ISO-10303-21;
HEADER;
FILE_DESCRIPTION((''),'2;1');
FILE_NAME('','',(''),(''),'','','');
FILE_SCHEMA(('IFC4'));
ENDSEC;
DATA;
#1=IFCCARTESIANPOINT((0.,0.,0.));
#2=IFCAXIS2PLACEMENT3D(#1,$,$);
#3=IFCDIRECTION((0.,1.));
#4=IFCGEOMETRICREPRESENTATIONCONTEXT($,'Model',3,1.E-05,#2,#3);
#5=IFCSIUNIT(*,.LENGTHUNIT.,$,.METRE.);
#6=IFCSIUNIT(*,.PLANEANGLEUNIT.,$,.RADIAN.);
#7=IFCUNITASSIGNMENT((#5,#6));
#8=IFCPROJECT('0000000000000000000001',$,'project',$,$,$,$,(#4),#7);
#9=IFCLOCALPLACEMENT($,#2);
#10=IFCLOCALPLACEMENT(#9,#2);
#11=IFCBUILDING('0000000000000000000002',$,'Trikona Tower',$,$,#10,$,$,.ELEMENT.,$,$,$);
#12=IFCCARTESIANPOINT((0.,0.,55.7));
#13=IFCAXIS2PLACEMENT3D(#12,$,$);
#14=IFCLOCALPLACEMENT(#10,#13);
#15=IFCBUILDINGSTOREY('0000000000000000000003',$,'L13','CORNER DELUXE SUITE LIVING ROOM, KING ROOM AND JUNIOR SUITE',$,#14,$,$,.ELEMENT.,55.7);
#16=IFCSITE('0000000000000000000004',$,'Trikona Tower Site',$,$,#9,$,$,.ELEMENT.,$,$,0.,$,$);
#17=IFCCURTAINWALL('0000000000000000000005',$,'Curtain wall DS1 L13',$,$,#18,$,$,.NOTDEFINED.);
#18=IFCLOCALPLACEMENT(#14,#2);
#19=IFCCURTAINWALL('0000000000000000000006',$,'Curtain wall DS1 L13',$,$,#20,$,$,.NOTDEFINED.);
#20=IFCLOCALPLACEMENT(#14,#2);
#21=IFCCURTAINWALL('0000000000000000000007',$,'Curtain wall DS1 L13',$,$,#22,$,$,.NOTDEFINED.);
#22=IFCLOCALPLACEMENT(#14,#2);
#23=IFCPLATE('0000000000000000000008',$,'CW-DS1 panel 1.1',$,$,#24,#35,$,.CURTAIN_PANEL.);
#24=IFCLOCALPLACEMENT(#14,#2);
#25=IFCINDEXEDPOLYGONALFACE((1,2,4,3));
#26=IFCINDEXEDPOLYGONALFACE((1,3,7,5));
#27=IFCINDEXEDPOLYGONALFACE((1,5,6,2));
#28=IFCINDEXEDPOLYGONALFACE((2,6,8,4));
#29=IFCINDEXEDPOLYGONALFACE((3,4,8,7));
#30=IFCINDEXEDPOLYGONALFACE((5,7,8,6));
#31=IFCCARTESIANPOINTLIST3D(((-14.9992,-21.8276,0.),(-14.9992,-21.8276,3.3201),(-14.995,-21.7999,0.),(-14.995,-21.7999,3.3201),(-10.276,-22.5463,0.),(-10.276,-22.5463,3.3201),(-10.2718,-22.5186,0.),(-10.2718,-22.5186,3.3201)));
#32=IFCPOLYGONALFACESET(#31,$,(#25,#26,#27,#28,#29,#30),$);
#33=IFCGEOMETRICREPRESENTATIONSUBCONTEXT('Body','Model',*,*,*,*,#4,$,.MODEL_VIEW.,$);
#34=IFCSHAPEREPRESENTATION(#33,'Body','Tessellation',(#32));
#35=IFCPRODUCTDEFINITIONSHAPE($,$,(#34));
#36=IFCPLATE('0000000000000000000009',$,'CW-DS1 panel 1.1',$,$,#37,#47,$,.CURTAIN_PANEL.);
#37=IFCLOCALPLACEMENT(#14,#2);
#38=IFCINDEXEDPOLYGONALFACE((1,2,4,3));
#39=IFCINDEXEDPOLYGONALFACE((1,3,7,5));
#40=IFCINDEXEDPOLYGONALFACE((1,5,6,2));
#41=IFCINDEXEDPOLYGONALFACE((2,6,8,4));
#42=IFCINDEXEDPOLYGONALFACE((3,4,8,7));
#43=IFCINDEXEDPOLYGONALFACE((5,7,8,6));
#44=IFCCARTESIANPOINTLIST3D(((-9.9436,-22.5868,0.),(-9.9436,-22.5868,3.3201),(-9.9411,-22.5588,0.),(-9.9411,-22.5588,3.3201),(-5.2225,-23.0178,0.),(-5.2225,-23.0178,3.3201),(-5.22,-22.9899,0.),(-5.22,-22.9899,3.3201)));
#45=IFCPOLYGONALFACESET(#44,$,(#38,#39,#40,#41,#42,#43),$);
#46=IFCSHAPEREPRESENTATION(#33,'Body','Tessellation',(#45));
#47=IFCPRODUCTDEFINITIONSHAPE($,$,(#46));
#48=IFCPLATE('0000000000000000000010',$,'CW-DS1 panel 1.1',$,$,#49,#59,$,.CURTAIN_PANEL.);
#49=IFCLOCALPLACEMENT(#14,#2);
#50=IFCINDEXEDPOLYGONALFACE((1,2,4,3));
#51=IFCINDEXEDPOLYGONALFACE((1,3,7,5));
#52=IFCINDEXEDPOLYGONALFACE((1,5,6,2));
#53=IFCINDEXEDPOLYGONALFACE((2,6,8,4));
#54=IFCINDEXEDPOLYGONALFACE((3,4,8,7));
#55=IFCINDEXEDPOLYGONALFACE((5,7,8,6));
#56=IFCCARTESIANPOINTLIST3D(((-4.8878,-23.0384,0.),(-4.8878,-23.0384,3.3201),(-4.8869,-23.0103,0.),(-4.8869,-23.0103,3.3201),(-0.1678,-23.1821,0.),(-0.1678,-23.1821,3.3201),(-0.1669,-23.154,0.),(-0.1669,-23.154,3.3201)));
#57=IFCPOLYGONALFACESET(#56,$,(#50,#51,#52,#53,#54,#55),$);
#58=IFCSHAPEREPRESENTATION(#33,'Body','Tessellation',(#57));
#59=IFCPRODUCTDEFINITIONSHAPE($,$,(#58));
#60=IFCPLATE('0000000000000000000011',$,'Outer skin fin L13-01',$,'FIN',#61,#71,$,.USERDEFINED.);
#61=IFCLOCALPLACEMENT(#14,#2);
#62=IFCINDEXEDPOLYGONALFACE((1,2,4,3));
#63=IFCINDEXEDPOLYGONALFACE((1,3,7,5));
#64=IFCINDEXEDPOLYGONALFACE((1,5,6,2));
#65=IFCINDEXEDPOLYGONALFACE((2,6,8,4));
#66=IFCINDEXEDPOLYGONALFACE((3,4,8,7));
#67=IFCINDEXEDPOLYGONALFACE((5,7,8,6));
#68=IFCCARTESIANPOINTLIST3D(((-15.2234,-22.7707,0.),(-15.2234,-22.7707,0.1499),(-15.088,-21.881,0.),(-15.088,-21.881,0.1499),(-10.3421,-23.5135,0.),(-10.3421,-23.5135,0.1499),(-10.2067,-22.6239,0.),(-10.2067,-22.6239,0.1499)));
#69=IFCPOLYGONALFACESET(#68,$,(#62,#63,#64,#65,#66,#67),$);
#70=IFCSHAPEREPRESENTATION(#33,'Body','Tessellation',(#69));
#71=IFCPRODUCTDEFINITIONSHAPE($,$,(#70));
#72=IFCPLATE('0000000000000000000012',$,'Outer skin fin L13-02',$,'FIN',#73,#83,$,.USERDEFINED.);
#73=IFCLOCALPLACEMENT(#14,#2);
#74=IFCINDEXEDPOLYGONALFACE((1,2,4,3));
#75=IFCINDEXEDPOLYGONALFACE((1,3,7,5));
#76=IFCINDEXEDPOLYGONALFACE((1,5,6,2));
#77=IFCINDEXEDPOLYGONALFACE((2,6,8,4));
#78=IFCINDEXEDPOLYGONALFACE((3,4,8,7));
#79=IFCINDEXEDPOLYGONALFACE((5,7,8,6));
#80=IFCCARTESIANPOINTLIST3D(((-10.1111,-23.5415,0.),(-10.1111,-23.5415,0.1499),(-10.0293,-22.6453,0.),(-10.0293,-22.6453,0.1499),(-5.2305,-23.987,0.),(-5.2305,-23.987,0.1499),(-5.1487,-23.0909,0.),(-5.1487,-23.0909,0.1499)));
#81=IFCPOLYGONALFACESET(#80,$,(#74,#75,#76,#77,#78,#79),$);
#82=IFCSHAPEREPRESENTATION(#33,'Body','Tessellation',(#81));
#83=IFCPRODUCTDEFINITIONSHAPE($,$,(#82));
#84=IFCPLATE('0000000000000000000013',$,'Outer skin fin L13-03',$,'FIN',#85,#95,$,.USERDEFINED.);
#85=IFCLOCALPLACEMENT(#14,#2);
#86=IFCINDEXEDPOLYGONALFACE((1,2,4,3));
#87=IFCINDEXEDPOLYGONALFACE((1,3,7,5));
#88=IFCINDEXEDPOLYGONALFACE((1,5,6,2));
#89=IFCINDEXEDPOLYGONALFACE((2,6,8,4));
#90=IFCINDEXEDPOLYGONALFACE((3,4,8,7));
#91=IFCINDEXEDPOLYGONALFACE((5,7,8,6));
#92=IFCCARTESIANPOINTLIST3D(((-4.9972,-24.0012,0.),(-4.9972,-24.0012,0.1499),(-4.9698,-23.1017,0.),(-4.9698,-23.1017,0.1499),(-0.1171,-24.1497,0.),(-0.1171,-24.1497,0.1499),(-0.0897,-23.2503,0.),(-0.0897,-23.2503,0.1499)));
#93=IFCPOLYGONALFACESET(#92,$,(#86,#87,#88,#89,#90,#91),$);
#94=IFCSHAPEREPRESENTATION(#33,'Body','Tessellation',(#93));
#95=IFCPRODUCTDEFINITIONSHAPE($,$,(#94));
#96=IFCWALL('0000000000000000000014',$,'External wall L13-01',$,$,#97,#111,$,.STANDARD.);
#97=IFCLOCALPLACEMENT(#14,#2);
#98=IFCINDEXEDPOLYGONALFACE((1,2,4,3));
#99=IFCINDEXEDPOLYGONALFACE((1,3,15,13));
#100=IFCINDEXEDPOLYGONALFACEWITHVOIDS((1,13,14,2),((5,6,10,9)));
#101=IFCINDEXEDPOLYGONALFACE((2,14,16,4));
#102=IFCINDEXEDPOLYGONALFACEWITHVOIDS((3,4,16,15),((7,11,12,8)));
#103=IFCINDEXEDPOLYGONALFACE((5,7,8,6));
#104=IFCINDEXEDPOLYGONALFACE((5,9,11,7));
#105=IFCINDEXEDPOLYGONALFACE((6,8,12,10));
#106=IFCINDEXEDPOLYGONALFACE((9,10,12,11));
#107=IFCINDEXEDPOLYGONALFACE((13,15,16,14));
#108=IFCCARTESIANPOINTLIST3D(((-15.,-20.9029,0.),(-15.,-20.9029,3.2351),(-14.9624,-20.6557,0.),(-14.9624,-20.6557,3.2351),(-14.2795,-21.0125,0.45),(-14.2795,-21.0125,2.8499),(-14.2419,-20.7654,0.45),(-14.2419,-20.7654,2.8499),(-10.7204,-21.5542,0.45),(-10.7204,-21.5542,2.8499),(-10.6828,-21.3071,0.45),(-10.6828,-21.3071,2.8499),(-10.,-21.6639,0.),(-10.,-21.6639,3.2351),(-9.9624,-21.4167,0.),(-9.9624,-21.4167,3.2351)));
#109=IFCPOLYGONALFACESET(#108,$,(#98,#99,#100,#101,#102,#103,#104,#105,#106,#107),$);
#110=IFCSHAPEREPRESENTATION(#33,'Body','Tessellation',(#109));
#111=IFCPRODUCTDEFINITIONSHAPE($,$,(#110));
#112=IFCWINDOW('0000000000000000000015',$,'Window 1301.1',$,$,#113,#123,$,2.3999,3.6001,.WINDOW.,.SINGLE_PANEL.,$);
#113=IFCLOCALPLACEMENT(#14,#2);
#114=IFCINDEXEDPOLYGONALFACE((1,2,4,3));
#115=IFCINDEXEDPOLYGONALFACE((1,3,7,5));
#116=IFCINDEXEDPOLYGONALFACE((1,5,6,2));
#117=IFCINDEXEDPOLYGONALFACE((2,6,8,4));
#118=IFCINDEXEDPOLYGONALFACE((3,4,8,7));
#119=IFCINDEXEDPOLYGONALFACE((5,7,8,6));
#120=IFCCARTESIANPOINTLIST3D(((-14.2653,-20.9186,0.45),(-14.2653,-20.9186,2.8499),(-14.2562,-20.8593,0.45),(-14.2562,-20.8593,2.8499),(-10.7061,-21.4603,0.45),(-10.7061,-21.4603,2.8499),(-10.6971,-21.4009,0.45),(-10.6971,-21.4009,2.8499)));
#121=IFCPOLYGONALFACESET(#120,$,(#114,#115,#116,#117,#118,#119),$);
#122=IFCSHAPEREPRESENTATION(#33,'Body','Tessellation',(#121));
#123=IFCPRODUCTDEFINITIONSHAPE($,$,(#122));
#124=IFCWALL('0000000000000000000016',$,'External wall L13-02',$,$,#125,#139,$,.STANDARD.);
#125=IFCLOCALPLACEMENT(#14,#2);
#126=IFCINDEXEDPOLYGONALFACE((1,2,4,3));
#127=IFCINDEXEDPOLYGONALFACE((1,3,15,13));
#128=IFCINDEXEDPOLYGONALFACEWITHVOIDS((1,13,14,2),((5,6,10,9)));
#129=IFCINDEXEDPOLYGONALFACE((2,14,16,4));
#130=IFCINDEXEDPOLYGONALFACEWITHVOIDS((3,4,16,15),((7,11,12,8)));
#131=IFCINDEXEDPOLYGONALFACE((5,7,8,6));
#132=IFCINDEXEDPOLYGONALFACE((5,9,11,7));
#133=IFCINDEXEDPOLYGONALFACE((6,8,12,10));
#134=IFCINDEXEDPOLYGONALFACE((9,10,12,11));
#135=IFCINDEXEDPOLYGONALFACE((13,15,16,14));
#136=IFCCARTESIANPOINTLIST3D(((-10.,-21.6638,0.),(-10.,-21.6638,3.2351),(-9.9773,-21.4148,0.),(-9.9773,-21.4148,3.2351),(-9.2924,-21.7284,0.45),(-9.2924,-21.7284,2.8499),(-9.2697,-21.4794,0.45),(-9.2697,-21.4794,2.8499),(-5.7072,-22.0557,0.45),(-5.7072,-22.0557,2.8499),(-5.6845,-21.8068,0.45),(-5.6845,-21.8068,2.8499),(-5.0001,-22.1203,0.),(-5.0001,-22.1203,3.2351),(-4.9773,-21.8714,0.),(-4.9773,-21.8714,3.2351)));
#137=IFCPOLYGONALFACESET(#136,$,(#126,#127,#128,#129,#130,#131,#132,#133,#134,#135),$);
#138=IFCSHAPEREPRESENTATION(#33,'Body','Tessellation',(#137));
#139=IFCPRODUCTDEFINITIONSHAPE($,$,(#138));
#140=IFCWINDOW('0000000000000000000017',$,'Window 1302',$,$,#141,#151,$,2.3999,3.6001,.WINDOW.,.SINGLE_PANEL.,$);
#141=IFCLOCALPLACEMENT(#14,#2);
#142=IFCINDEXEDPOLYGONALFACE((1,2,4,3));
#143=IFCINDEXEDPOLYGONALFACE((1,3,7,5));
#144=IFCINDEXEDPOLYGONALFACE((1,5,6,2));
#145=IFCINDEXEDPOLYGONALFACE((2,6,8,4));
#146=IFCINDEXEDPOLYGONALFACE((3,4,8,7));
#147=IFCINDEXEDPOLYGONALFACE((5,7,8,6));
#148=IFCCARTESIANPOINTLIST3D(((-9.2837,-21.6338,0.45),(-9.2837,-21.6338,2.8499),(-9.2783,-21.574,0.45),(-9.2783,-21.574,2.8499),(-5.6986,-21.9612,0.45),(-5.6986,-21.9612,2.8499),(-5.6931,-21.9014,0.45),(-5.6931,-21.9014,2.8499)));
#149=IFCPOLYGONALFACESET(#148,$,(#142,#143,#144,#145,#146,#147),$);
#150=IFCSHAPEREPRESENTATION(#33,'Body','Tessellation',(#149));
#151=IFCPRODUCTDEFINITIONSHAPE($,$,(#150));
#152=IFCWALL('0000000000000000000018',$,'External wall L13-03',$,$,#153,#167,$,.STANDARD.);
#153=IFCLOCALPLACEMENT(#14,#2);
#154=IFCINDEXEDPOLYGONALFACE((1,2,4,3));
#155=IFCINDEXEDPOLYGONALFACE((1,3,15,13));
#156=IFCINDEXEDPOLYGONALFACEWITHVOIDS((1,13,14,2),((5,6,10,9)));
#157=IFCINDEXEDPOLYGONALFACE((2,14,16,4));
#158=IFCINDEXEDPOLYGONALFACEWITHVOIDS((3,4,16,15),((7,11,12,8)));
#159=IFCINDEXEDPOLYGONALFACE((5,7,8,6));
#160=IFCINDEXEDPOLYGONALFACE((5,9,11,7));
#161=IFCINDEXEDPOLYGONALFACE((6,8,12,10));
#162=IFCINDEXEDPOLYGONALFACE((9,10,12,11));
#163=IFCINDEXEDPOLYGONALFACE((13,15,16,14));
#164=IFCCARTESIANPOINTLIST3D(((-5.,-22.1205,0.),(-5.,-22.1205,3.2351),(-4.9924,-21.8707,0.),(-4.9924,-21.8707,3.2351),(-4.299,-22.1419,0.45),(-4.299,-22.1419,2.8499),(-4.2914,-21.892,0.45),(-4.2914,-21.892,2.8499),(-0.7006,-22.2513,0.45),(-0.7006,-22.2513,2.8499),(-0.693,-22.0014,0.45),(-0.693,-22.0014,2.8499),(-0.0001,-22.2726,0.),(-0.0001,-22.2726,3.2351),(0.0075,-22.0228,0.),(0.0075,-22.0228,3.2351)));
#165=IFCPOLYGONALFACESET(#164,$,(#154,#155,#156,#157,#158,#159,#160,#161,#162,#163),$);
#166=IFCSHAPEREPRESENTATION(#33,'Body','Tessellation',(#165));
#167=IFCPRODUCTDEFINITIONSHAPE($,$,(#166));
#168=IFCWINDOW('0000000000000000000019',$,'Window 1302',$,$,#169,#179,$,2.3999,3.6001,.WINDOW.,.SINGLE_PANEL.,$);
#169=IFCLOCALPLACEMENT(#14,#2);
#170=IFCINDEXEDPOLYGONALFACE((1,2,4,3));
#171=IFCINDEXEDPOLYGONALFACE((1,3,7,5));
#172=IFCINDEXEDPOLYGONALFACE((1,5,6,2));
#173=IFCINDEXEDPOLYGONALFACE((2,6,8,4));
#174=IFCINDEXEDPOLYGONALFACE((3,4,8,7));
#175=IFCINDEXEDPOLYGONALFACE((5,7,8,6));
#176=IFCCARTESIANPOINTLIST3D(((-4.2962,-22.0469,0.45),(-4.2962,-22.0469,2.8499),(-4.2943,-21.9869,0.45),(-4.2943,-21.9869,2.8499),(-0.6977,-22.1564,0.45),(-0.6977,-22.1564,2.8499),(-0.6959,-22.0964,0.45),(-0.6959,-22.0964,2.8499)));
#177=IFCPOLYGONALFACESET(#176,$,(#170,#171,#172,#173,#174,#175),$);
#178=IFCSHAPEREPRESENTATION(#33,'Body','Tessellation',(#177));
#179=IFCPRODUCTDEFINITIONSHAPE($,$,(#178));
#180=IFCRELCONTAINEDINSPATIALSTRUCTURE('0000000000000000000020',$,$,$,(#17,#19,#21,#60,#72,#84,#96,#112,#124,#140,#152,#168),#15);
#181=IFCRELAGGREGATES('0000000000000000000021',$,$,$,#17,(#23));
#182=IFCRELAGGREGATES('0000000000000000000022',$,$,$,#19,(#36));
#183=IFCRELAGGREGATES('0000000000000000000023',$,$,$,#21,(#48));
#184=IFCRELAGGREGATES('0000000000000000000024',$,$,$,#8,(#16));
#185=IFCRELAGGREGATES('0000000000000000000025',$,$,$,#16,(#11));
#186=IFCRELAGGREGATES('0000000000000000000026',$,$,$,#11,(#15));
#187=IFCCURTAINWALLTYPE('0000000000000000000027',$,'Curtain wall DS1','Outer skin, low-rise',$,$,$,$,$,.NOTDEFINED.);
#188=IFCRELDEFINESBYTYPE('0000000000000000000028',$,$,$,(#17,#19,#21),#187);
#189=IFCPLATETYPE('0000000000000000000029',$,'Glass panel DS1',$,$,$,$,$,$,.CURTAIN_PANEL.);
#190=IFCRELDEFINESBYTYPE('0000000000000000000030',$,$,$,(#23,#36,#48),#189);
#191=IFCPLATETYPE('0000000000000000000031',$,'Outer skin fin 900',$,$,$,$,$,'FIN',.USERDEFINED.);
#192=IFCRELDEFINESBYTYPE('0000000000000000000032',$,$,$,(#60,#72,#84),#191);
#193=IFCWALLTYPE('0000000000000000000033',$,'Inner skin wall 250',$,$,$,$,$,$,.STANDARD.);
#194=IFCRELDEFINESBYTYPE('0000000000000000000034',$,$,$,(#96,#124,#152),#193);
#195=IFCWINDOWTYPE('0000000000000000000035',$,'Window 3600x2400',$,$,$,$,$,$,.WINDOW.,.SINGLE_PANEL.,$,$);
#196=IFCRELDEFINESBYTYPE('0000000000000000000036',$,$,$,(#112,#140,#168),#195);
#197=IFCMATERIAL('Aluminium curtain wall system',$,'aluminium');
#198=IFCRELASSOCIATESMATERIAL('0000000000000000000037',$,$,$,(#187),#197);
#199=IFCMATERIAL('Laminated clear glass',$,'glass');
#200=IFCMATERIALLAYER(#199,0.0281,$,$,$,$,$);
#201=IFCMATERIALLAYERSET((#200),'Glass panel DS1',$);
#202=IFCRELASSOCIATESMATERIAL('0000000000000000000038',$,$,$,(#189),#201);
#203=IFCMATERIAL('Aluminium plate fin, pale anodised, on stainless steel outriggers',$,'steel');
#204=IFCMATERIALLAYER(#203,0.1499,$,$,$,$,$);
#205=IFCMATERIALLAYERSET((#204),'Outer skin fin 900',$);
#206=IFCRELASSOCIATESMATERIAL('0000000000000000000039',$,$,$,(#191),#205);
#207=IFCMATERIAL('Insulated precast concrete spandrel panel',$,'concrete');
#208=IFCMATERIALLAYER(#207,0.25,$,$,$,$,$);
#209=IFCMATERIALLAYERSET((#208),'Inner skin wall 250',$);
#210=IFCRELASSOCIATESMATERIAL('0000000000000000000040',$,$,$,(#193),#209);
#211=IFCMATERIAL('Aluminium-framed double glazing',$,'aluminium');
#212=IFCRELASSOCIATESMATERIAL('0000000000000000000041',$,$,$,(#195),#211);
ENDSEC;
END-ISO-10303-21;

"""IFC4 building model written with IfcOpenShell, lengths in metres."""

from ifc_helpers import new_model, si_unit, direction, frame, frame_2d, origin, origin_2d, place, context, subcontext, project, spatial, rectangle, extrude, material, layer, layer_set, type_object, element, fill, aggregate, save


model = new_model("IFC4")

# Units and contexts
model_context = context("Model", 3, precision=1e-05, world=origin(), true_north=direction((0.0, 1.0)))
body_context = subcontext(model_context, "Body", "Model", "MODEL_VIEW")
ifc_project = project(units=[si_unit("LENGTHUNIT", "METRE"), si_unit("PLANEANGLEUNIT", "RADIAN")], contexts=[model_context])

# Site, building, storey
site_placement = place(None, origin())
site = spatial("IfcSite", under=ifc_project, at=site_placement, Name="Trikona Tower Site", CompositionType="ELEMENT", RefElevation=0.0)
building_placement = place(site_placement, origin())
building = spatial("IfcBuilding", under=site, at=building_placement, Name="Trikona Tower", CompositionType="ELEMENT")
storey_placement = place(building_placement, frame((0.0, 0.0, 55.7)))
storey = spatial("IfcBuildingStorey", under=building, at=storey_placement, Name="L13", Description="CORNER DELUXE SUITE LIVING ROOM, KING ROOM AND JUNIOR SUITE", CompositionType="ELEMENT", Elevation=55.7)

# Curtain wall
ifc_material_1 = material(Name="Aluminium curtain wall system", Category="aluminium")
curtain_wall_type = type_object("IfcCurtainWallType", Name="Curtain wall DS1", Description="Outer skin, low-rise", PredefinedType="NOTDEFINED", material=ifc_material_1)
curtain_wall_1_placement = place(storey_placement, origin())
curtain_wall_1 = element("IfcCurtainWall", 1, at=curtain_wall_1_placement, inside=storey, type_object=curtain_wall_type, Name="Curtain wall DS1 L13", PredefinedType="NOTDEFINED")

# Curtain walls
curtain_wall_2_placement = place(storey_placement, origin())
curtain_wall_2 = element("IfcCurtainWall", 2, at=curtain_wall_2_placement, inside=storey, type_object=curtain_wall_type, Name="Curtain wall DS1 L13", PredefinedType="NOTDEFINED")
curtain_wall_3_placement = place(storey_placement, origin())
curtain_wall_3 = element("IfcCurtainWall", 3, at=curtain_wall_3_placement, inside=storey, type_object=curtain_wall_type, Name="Curtain wall DS1 L13", PredefinedType="NOTDEFINED")

# Plates
ifc_material_2 = material(Name="Laminated clear glass", Category="glass")
ifc_layer_1 = layer(ifc_material_2, 0.0281)
ifc_layer_set_1 = layer_set([ifc_layer_1], Name="Glass panel DS1")
plate_type_1 = type_object("IfcPlateType", Name="Glass panel DS1", PredefinedType="CURTAIN_PANEL", material=ifc_layer_set_1)
plate_1_placement = place(storey_placement, frame((-12.6355, -22.1731, 0.0), z_axis=(0.0, 0.0, 1.0), x_axis=(0.988619, -0.150438, 0.0)))
plate_1 = element("IfcPlate", 4, at=plate_1_placement, type_object=plate_type_1, Name="CW-DS1 panel 1.1", PredefinedType="CURTAIN_PANEL", context=body_context, shape_type="SweptSolid", body=[
    extrude(rectangle(XDim=4.7776, YDim=0.0281, at=origin_2d()), origin(), (0.0, 0.0, 1.0), 3.3201),
])
aggregate(curtain_wall_1, [plate_1])
plate_2_placement = place(storey_placement, frame((-7.5818, -22.7883, 0.0), z_axis=(0.0, 0.0, 1.0), x_axis=(0.995858, -0.090924, 0.0)))
plate_2 = element("IfcPlate", 5, at=plate_2_placement, type_object=plate_type_1, Name="CW-DS1 panel 1.1", PredefinedType="CURTAIN_PANEL", context=body_context, shape_type="SweptSolid", body=[
    extrude(rectangle(XDim=4.7407, YDim=0.0281, at=origin_2d()), origin(), (0.0, 0.0, 1.0), 3.3201),
])
aggregate(curtain_wall_2, [plate_2])
plate_3_placement = place(storey_placement, frame((-2.5273, -23.0962, 0.0), z_axis=(0.0, 0.0, 1.0), x_axis=(0.999537, -0.030437, 0.0)))
plate_3 = element("IfcPlate", 6, at=plate_3_placement, type_object=plate_type_1, Name="CW-DS1 panel 1.1", PredefinedType="CURTAIN_PANEL", context=body_context, shape_type="SweptSolid", body=[
    extrude(rectangle(XDim=4.7222, YDim=0.0281, at=origin_2d()), origin(), (0.0, 0.0, 1.0), 3.3201),
])
aggregate(curtain_wall_3, [plate_3])

# Plates
ifc_material_3 = material(Name="Aluminium plate fin, pale anodised, on stainless steel outriggers", Category="steel")
ifc_layer_2 = layer(ifc_material_3, 0.1499)
ifc_layer_set_2 = layer_set([ifc_layer_2], Name="Outer skin fin 900")
plate_type_2 = type_object("IfcPlateType", Name="Outer skin fin 900", ElementType="FIN", PredefinedType="USERDEFINED", material=ifc_layer_set_2)
plate_4_placement = place(storey_placement, frame((-12.7151, -22.6973, 0.0), z_axis=(0.0, 0.0, 1.0), x_axis=(0.988618, -0.150448, 0.0)))
element("IfcPlate", 7, at=plate_4_placement, inside=storey, type_object=plate_type_2, Name="Outer skin fin L13-01", ObjectType="FIN", PredefinedType="USERDEFINED", context=body_context, shape_type="SweptSolid", body=[
    extrude(rectangle(XDim=4.9375, YDim=0.8999, at=origin_2d()), origin(), (0.0, 0.0, 1.0), 0.1499),
])
plate_5_placement = place(storey_placement, frame((-7.6299, -23.3162, 0.0), z_axis=(0.0, 0.0, 1.0), x_axis=(0.995858, -0.090921, 0.0)))
element("IfcPlate", 8, at=plate_5_placement, inside=storey, type_object=plate_type_2, Name="Outer skin fin L13-02", ObjectType="FIN", PredefinedType="USERDEFINED", context=body_context, shape_type="SweptSolid", body=[
    extrude(rectangle(XDim=4.9009, YDim=0.8999, at=origin_2d()), origin(), (0.0, 0.0, 1.0), 0.1499),
])
plate_6_placement = place(storey_placement, frame((-2.5435, -23.6257, 0.0), z_axis=(0.0, 0.0, 1.0), x_axis=(0.999537, -0.030425, 0.0)))
element("IfcPlate", 9, at=plate_6_placement, inside=storey, type_object=plate_type_2, Name="Outer skin fin L13-03", ObjectType="FIN", PredefinedType="USERDEFINED", context=body_context, shape_type="SweptSolid", body=[
    extrude(rectangle(XDim=4.8823, YDim=0.8999, at=origin_2d()), origin(), (0.0, 0.0, 1.0), 0.1499),
])

# Walls, openings, windows
ifc_material_4 = material(Name="Insulated precast concrete spandrel panel", Category="concrete")
ifc_layer_3 = layer(ifc_material_4, 0.25)
ifc_layer_set_3 = layer_set([ifc_layer_3], Name="Inner skin wall 250")
wall_type = type_object("IfcWallType", Name="Inner skin wall 250", PredefinedType="STANDARD", material=ifc_layer_set_3)
wall_1_placement = place(storey_placement, frame((-14.9812, -20.7793, 0.0), z_axis=(0.0, 0.0, 1.0), x_axis=(0.988615, -0.150465, 0.0)))
wall_1 = element("IfcWall", 10, at=wall_1_placement, inside=storey, type_object=wall_type, Name="External wall L13-01", PredefinedType="STANDARD", context=body_context, shape_type="SweptSolid", body=[
    extrude(rectangle(XDim=5.0576, YDim=0.25, at=frame_2d((2.5288, 0.0))), origin(), (0.0, 0.0, 1.0), 3.2351),
])
opening_1_placement = place(wall_1_placement, frame((0.7288, 0.0, 0.45)))
opening_1 = element("IfcOpeningElement", 11, at=opening_1_placement, cuts=wall_1, PredefinedType="OPENING", context=body_context, shape_type="SweptSolid", body=[
    extrude(rectangle(XDim=3.6001, YDim=2.3999, at=frame_2d((1.8, 1.2))), frame((0.0, 0.135, 0.0), z_axis=(0.0, -1.0, 0.0), x_axis=(1.0, 0.0, 0.0)), (0.0, 0.0, 1.0), 0.27),
])
ifc_material_5 = material(Name="Aluminium-framed double glazing", Category="aluminium")
window_type = type_object("IfcWindowType", Name="Window 3600x2400", PartitioningType="SINGLE_PANEL", PredefinedType="WINDOW", material=ifc_material_5)
window_1_placement = place(opening_1_placement, origin())
window_1 = element("IfcWindow", 12, at=window_1_placement, inside=storey, type_object=window_type, Name="Window 1301.1", OverallHeight=2.3999, OverallWidth=3.6001, PartitioningType="SINGLE_PANEL", PredefinedType="WINDOW", context=body_context, shape_type="SweptSolid", body=[
    extrude(rectangle(XDim=3.6001, YDim=2.3999, at=frame_2d((1.8, 1.2))), frame((0.0, 0.03, 0.0), z_axis=(0.0, -1.0, 0.0), x_axis=(1.0, 0.0, 0.0)), (0.0, 0.0, 1.0), 0.0601),
])
fill(opening_1, window_1)
wall_2_placement = place(storey_placement, frame((-9.9885, -21.5393, 0.0), z_axis=(0.0, 0.0, 1.0), x_axis=(0.995857, -0.09093, 0.0)))
wall_2 = element("IfcWall", 13, at=wall_2_placement, inside=storey, type_object=wall_type, Name="External wall L13-02", PredefinedType="STANDARD", context=body_context, shape_type="SweptSolid", body=[
    extrude(rectangle(XDim=5.0208, YDim=0.25, at=frame_2d((2.5103, 0.0))), origin(), (0.0, 0.0, 1.0), 3.2351),
])
opening_2_placement = place(wall_2_placement, frame((0.7104, 0.0, 0.45)))
opening_2 = element("IfcOpeningElement", 14, at=opening_2_placement, cuts=wall_2, PredefinedType="OPENING", context=body_context, shape_type="SweptSolid", body=[
    extrude(rectangle(XDim=3.6001, YDim=2.3999, at=frame_2d((1.8, 1.2))), frame((0.0, 0.135, 0.0), z_axis=(0.0, -1.0, 0.0), x_axis=(1.0, 0.0, 0.0)), (0.0, 0.0, 1.0), 0.27),
])
window_2_placement = place(opening_2_placement, origin())
window_2 = element("IfcWindow", 15, at=window_2_placement, inside=storey, type_object=window_type, Name="Window 1302", OverallHeight=2.3999, OverallWidth=3.6001, PartitioningType="SINGLE_PANEL", PredefinedType="WINDOW", context=body_context, shape_type="SweptSolid", body=[
    extrude(rectangle(XDim=3.6001, YDim=2.3999, at=frame_2d((1.8, 1.2))), frame((0.0, 0.03, 0.0), z_axis=(0.0, -1.0, 0.0), x_axis=(1.0, 0.0, 0.0)), (0.0, 0.0, 1.0), 0.0601),
])
fill(opening_2, window_2)
wall_3_placement = place(storey_placement, frame((-4.9961, -21.9956, 0.0), z_axis=(0.0, 0.0, 1.0), x_axis=(0.999538, -0.030406, 0.0)))
wall_3 = element("IfcWall", 16, at=wall_3_placement, inside=storey, type_object=wall_type, Name="External wall L13-03", PredefinedType="STANDARD", context=body_context, shape_type="SweptSolid", body=[
    extrude(rectangle(XDim=5.0022, YDim=0.25, at=frame_2d((2.501, 0.0))), origin(), (0.0, 0.0, 1.0), 3.2351),
])
opening_3_placement = place(wall_3_placement, frame((0.7012, 0.0, 0.45)))
opening_3 = element("IfcOpeningElement", 17, at=opening_3_placement, cuts=wall_3, PredefinedType="OPENING", context=body_context, shape_type="SweptSolid", body=[
    extrude(rectangle(XDim=3.6001, YDim=2.3999, at=frame_2d((1.8, 1.2))), frame((0.0, 0.135, 0.0), z_axis=(0.0, -1.0, 0.0), x_axis=(1.0, 0.0, 0.0)), (0.0, 0.0, 1.0), 0.27),
])
window_3_placement = place(opening_3_placement, origin())
window_3 = element("IfcWindow", 18, at=window_3_placement, inside=storey, type_object=window_type, Name="Window 1302", OverallHeight=2.3999, OverallWidth=3.6001, PartitioningType="SINGLE_PANEL", PredefinedType="WINDOW", context=body_context, shape_type="SweptSolid", body=[
    extrude(rectangle(XDim=3.6001, YDim=2.3999, at=frame_2d((1.8, 1.2))), frame((0.0, 0.03, 0.0), z_axis=(0.0, -1.0, 0.0), x_axis=(1.0, 0.0, 0.0)), (0.0, 0.0, 1.0), 0.0601),
])
fill(opening_3, window_3)

save(model, "model.ifc")
